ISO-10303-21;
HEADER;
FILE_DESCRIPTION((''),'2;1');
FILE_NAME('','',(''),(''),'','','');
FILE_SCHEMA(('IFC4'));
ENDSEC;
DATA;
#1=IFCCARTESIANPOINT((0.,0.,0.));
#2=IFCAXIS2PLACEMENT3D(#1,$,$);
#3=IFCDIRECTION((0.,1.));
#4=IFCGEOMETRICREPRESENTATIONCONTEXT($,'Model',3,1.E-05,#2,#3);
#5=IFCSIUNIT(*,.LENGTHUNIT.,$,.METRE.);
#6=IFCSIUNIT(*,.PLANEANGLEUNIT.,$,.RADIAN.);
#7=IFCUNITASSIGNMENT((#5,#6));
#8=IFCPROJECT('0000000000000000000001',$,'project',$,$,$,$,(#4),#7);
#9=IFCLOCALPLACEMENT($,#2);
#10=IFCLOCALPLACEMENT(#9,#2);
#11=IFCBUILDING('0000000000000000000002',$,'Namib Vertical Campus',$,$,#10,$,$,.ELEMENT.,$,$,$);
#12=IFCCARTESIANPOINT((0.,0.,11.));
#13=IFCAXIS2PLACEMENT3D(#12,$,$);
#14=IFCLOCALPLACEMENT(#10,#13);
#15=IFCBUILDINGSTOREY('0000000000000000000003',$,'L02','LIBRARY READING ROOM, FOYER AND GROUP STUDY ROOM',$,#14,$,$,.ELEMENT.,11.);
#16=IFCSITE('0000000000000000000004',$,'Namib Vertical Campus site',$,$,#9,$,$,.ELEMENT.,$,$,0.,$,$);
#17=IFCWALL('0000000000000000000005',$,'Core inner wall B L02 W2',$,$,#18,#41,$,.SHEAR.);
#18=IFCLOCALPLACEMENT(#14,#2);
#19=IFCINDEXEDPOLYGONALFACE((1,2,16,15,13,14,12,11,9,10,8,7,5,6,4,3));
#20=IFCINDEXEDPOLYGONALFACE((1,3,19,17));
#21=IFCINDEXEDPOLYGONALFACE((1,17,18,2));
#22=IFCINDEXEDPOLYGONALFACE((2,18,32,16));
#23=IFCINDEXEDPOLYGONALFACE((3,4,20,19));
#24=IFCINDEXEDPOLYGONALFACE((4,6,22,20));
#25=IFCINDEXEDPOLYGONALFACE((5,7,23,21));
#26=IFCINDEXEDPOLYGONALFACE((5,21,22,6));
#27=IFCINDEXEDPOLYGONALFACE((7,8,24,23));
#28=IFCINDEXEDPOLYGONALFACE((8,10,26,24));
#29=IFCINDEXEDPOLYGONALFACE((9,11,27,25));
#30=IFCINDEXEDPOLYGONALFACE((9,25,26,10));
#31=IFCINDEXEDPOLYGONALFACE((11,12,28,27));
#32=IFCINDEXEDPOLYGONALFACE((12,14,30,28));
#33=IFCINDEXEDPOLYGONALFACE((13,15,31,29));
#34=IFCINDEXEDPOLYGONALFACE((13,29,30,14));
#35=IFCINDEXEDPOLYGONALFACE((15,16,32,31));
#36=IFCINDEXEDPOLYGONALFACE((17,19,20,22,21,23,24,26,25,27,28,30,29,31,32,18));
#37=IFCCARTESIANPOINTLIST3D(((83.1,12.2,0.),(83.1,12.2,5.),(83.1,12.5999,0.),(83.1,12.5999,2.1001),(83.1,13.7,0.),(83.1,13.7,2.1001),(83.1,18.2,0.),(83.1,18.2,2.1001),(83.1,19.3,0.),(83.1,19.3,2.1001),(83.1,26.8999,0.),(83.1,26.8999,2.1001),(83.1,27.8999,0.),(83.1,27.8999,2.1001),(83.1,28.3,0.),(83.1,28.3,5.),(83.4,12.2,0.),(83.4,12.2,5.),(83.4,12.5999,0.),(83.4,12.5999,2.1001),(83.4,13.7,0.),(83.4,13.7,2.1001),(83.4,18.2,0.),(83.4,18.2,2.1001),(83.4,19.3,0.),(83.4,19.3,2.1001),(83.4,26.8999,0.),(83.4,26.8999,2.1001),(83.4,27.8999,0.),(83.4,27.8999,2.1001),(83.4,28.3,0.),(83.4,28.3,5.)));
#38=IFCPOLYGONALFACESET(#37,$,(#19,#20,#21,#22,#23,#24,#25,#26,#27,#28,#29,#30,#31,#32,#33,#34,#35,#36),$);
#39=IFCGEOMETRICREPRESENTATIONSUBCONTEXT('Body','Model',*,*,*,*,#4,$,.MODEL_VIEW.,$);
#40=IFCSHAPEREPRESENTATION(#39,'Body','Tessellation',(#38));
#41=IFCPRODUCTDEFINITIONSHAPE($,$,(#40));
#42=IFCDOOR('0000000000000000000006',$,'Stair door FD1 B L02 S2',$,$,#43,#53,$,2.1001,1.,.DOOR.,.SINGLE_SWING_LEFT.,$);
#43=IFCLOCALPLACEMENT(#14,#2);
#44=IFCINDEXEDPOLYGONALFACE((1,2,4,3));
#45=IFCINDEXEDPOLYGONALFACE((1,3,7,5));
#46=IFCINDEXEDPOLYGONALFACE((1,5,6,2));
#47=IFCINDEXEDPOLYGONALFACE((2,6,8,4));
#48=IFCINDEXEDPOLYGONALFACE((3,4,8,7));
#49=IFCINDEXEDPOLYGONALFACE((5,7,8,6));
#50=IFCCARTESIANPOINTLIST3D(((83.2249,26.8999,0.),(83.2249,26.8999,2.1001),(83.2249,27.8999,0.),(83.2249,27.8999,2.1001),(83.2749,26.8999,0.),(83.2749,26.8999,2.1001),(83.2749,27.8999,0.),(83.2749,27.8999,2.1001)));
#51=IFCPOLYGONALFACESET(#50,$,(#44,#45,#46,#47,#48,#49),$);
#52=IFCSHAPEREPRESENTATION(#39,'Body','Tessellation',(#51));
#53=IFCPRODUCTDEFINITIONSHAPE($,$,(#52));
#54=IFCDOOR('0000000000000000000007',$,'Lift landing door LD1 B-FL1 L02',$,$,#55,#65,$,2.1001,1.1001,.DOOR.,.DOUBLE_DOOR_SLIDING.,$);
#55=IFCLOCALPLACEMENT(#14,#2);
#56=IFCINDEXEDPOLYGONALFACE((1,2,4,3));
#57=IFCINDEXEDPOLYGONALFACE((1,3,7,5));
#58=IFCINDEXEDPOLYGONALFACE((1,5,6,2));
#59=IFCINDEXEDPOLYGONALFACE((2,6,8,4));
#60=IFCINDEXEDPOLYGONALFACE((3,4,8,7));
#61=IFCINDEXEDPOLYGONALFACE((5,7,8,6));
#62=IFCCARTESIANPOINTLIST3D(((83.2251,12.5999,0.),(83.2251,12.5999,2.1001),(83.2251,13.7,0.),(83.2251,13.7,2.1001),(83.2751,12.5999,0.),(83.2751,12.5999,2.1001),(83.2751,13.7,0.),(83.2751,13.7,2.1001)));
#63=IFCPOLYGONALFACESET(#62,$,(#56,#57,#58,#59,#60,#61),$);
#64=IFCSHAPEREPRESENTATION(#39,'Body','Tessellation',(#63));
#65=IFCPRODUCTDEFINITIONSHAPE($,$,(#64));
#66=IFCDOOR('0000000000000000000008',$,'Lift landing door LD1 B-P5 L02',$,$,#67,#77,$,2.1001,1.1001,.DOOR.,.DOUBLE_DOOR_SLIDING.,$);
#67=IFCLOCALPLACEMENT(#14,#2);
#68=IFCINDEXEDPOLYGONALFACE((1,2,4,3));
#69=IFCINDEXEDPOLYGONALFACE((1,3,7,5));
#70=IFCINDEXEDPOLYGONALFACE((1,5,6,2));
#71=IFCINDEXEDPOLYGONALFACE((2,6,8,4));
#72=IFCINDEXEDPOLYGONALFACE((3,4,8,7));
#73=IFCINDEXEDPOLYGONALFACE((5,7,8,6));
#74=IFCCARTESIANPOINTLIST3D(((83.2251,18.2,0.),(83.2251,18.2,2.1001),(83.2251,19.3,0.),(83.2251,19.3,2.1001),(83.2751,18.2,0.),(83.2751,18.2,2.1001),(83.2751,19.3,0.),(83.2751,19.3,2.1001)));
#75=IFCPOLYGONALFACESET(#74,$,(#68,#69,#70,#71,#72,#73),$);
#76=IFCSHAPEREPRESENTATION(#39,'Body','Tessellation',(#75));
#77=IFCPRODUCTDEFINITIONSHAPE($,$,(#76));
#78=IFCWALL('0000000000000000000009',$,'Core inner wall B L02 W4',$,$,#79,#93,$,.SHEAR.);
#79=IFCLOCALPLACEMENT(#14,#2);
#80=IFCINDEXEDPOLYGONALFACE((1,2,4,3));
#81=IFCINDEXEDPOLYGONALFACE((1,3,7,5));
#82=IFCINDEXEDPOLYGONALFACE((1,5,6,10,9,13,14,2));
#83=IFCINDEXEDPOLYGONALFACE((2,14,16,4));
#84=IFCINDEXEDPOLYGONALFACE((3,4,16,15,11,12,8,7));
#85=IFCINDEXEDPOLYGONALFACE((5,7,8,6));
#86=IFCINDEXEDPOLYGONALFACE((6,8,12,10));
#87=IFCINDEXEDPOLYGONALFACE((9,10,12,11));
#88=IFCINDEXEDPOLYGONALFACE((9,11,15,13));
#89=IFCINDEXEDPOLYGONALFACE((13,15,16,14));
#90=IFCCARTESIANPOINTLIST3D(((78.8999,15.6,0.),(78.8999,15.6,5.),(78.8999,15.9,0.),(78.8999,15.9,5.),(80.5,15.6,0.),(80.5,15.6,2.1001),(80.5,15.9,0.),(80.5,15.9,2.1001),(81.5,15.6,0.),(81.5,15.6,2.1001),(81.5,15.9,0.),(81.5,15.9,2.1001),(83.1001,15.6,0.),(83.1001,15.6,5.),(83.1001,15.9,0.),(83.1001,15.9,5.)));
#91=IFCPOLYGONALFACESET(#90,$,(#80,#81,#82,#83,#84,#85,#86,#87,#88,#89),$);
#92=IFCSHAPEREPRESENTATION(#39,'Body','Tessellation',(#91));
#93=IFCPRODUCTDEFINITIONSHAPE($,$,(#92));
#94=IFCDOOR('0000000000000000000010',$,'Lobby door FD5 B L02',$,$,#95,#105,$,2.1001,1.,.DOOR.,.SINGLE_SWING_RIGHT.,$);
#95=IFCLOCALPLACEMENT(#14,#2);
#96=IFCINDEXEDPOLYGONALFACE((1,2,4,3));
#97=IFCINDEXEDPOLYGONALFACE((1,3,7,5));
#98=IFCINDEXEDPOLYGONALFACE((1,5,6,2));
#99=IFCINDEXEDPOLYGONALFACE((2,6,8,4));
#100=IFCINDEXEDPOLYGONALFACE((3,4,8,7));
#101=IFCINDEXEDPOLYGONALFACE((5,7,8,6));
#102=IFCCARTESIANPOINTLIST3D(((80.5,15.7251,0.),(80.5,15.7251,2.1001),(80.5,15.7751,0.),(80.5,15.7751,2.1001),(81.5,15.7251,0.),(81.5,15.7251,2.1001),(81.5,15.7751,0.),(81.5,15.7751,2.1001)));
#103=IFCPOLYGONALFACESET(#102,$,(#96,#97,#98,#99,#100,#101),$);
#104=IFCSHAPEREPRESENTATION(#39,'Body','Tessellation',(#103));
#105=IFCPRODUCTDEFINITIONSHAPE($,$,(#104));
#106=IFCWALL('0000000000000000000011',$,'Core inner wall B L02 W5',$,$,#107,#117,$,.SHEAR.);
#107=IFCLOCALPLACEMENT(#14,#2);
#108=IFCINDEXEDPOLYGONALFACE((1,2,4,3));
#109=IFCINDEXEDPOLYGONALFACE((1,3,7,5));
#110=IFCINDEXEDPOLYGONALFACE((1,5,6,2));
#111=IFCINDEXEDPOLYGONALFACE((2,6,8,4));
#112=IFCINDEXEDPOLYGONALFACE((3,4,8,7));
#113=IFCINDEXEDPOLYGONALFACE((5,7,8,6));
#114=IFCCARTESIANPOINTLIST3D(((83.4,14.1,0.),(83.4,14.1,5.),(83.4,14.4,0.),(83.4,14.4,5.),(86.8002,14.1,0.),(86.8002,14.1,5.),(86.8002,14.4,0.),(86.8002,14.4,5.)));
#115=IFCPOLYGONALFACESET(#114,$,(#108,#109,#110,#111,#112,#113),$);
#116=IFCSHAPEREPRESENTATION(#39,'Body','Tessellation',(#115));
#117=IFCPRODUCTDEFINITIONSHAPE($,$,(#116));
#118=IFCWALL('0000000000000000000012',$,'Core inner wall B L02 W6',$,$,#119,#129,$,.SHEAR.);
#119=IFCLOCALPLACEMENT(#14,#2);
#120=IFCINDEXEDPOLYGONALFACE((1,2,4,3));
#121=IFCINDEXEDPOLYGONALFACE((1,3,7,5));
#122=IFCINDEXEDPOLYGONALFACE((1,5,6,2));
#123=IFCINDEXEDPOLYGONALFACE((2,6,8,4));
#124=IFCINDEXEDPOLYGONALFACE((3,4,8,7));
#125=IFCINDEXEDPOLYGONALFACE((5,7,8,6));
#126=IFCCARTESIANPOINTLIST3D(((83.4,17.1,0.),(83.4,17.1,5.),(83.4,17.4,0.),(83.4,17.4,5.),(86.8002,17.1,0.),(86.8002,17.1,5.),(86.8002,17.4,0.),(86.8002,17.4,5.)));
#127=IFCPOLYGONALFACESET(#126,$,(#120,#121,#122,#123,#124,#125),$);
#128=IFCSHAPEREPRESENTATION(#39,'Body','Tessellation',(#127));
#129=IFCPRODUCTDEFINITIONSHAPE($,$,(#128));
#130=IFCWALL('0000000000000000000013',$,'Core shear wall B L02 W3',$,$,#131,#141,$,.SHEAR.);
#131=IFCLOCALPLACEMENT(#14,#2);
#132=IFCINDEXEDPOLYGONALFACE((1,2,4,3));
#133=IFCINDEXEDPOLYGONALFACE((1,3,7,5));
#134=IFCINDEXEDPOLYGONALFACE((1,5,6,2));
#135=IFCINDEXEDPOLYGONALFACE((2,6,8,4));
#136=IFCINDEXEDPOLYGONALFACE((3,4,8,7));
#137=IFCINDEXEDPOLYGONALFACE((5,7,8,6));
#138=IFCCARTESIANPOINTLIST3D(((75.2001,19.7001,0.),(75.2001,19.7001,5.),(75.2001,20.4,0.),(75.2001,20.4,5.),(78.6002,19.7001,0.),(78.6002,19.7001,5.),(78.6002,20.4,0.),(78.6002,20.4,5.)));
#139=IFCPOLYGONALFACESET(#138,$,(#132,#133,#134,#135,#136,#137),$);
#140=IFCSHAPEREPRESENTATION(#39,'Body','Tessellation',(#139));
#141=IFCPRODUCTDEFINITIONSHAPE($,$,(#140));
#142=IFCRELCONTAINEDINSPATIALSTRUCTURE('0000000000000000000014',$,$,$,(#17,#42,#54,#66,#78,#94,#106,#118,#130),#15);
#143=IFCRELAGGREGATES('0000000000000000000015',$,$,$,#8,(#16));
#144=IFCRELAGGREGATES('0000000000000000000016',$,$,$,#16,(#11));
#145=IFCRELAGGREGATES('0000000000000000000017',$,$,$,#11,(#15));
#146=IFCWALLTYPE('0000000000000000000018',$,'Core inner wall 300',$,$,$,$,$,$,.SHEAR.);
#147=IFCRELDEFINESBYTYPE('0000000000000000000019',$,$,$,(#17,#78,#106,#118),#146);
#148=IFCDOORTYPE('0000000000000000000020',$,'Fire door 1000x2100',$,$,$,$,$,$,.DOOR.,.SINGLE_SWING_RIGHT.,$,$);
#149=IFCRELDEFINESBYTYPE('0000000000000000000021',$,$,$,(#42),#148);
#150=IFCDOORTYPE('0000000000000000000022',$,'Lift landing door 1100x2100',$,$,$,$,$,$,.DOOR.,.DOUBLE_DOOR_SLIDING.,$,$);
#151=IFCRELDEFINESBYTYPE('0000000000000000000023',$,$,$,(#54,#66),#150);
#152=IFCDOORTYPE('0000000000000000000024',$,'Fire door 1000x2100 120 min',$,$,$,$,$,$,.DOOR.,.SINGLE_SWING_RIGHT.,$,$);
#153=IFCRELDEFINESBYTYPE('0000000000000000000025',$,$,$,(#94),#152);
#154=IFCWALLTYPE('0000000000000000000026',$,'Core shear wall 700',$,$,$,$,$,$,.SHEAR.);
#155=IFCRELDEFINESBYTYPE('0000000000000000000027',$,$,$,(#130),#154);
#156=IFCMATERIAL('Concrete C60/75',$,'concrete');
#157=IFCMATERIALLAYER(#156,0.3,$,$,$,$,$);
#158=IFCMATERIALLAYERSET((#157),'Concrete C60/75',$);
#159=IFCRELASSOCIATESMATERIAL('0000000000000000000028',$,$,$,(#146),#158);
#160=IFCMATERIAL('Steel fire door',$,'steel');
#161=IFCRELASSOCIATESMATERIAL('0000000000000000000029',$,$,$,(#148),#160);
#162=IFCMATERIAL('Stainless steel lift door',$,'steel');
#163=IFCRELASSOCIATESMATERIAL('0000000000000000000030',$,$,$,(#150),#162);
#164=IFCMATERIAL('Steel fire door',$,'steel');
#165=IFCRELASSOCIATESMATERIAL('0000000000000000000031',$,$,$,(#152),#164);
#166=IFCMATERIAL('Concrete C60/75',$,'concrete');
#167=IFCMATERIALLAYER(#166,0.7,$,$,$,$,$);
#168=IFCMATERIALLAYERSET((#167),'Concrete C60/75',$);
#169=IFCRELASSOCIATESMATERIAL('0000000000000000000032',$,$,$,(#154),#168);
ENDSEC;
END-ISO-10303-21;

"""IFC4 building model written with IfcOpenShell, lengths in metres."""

from ifc_helpers import new_model, si_unit, direction, frame, frame_2d, origin, place, context, subcontext, project, spatial, rectangle, extrude, material, layer, layer_set, type_object, element, fill, save


model = new_model("IFC4")

# Units and contexts
model_context = context("Model", 3, precision=1e-05, world=origin(), true_north=direction((0.0, 1.0)))
body_context = subcontext(model_context, "Body", "Model", "MODEL_VIEW")
ifc_project = project(units=[si_unit("LENGTHUNIT", "METRE"), si_unit("PLANEANGLEUNIT", "RADIAN")], contexts=[model_context])

# Site, building, storey
site_placement = place(None, origin())
site = spatial("IfcSite", under=ifc_project, at=site_placement, Name="Namib Vertical Campus site", CompositionType="ELEMENT", RefElevation=0.0)
building_placement = place(site_placement, origin())
building = spatial("IfcBuilding", under=site, at=building_placement, Name="Namib Vertical Campus", CompositionType="ELEMENT")
storey_placement = place(building_placement, frame((0.0, 0.0, 11.0)))
storey = spatial("IfcBuildingStorey", under=building, at=storey_placement, Name="L02", Description="LIBRARY READING ROOM, FOYER AND GROUP STUDY ROOM", CompositionType="ELEMENT", Elevation=11.0)

# Wall, openings, doors
ifc_material_1 = material(Name="Concrete C60/75", Category="concrete")
ifc_layer_1 = layer(ifc_material_1, 0.3)
ifc_layer_set_1 = layer_set([ifc_layer_1], Name="Concrete C60/75")
wall_type_1 = type_object("IfcWallType", Name="Core inner wall 300", PredefinedType="SHEAR", material=ifc_layer_set_1)
ifc_material_2 = material(Name="Steel fire door", Category="steel")
door_type_1 = type_object("IfcDoorType", Name="Fire door 1000x2100", OperationType="SINGLE_SWING_RIGHT", PredefinedType="DOOR", material=ifc_material_2)
ifc_material_3 = material(Name="Stainless steel lift door", Category="steel")
door_type_2 = type_object("IfcDoorType", Name="Lift landing door 1100x2100", OperationType="DOUBLE_DOOR_SLIDING", PredefinedType="DOOR", material=ifc_material_3)
wall_1_placement = place(storey_placement, frame((83.25, 12.2, 0.0), z_axis=(0.0, 0.0, 1.0), x_axis=(0.0, 1.0, 0.0)))
wall_1 = element("IfcWall", 1, at=wall_1_placement, inside=storey, type_object=wall_type_1, Name="Core inner wall B L02 W2", PredefinedType="SHEAR", context=body_context, shape_type="SweptSolid", body=[
    extrude(rectangle(XDim=16.1001, YDim=0.3, at=frame_2d((8.05, 0.0))), origin(), (0.0, 0.0, 1.0), 5.0),
])
opening_1_placement = place(wall_1_placement, frame((14.7, 0.0, 0.0)))
opening_1 = element("IfcOpeningElement", 2, at=opening_1_placement, cuts=wall_1, PredefinedType="OPENING", context=body_context, shape_type="SweptSolid", body=[
    extrude(rectangle(XDim=1.0, YDim=2.1001, at=frame_2d((0.5, 1.05))), frame((0.0, 0.1599, 0.0), z_axis=(0.0, -1.0, 0.0), x_axis=(1.0, 0.0, 0.0)), (0.0, 0.0, 1.0), 0.3201),
])
opening_2_placement = place(wall_1_placement, frame((0.3999, 0.0, 0.0)))
opening_2 = element("IfcOpeningElement", 3, at=opening_2_placement, cuts=wall_1, PredefinedType="OPENING", context=body_context, shape_type="SweptSolid", body=[
    extrude(rectangle(XDim=1.1001, YDim=2.1001, at=frame_2d((0.55, 1.05))), frame((0.0, 0.1599, 0.0), z_axis=(0.0, -1.0, 0.0), x_axis=(1.0, 0.0, 0.0)), (0.0, 0.0, 1.0), 0.3201),
])
opening_3_placement = place(wall_1_placement, frame((6.0, 0.0, 0.0)))
opening_3 = element("IfcOpeningElement", 4, at=opening_3_placement, cuts=wall_1, PredefinedType="OPENING", context=body_context, shape_type="SweptSolid", body=[
    extrude(rectangle(XDim=1.1001, YDim=2.1001, at=frame_2d((0.55, 1.05))), frame((0.0, 0.1599, 0.0), z_axis=(0.0, -1.0, 0.0), x_axis=(1.0, 0.0, 0.0)), (0.0, 0.0, 1.0), 0.3201),
])
door_1_placement = place(opening_1_placement, frame((1.0, 0.0, 0.0), z_axis=(0.0, 0.0, 1.0), x_axis=(-1.0, 0.0, 0.0)))
door_1 = element("IfcDoor", 5, at=door_1_placement, inside=storey, type_object=door_type_1, Name="Stair door FD1 B L02 S2", OperationType="SINGLE_SWING_LEFT", OverallHeight=2.1001, OverallWidth=1.0, PredefinedType="DOOR", context=body_context, shape_type="SweptSolid", body=[
    extrude(rectangle(XDim=1.0, YDim=2.1001, at=frame_2d((0.5, 1.05))), frame((0.0, 0.0249, 0.0), z_axis=(0.0, -1.0, 0.0), x_axis=(1.0, 0.0, 0.0)), (0.0, 0.0, 1.0), 0.05),
])
fill(opening_1, door_1)
door_2_placement = place(opening_2_placement, origin())
door_2 = element("IfcDoor", 6, at=door_2_placement, inside=storey, type_object=door_type_2, Name="Lift landing door LD1 B-FL1 L02", OperationType="DOUBLE_DOOR_SLIDING", OverallHeight=2.1001, OverallWidth=1.1001, PredefinedType="DOOR", context=body_context, shape_type="SweptSolid", body=[
    extrude(rectangle(XDim=1.1001, YDim=2.1001, at=frame_2d((0.55, 1.05))), frame((0.0, 0.0249, 0.0), z_axis=(0.0, -1.0, 0.0), x_axis=(1.0, 0.0, 0.0)), (0.0, 0.0, 1.0), 0.05),
])
fill(opening_2, door_2)
door_3_placement = place(opening_3_placement, origin())
door_3 = element("IfcDoor", 7, at=door_3_placement, inside=storey, type_object=door_type_2, Name="Lift landing door LD1 B-P5 L02", OperationType="DOUBLE_DOOR_SLIDING", OverallHeight=2.1001, OverallWidth=1.1001, PredefinedType="DOOR", context=body_context, shape_type="SweptSolid", body=[
    extrude(rectangle(XDim=1.1001, YDim=2.1001, at=frame_2d((0.55, 1.05))), frame((0.0, 0.0249, 0.0), z_axis=(0.0, -1.0, 0.0), x_axis=(1.0, 0.0, 0.0)), (0.0, 0.0, 1.0), 0.05),
])
fill(opening_3, door_3)

# Wall, opening, door
wall_2_placement = place(storey_placement, frame((78.8999, 15.75, 0.0), z_axis=(0.0, 0.0, 1.0), x_axis=(1.0, 0.0, 0.0)))
wall_2 = element("IfcWall", 8, at=wall_2_placement, inside=storey, type_object=wall_type_1, Name="Core inner wall B L02 W4", PredefinedType="SHEAR", context=body_context, shape_type="SweptSolid", body=[
    extrude(rectangle(XDim=4.2002, YDim=0.3, at=frame_2d((2.1001, 0.0))), origin(), (0.0, 0.0, 1.0), 5.0),
])
opening_4_placement = place(wall_2_placement, frame((1.6001, 0.0, 0.0)))
opening_4 = element("IfcOpeningElement", 9, at=opening_4_placement, cuts=wall_2, PredefinedType="OPENING", context=body_context, shape_type="SweptSolid", body=[
    extrude(rectangle(XDim=1.0, YDim=2.1001, at=frame_2d((0.5, 1.05))), frame((0.0, 0.1599, 0.0), z_axis=(0.0, -1.0, 0.0), x_axis=(1.0, 0.0, 0.0)), (0.0, 0.0, 1.0), 0.3201),
])
ifc_material_4 = material(Name="Steel fire door", Category="steel")
door_type_3 = type_object("IfcDoorType", Name="Fire door 1000x2100 120 min", OperationType="SINGLE_SWING_RIGHT", PredefinedType="DOOR", material=ifc_material_4)
door_4_placement = place(opening_4_placement, frame((1.0, 0.0, 0.0), z_axis=(0.0, 0.0, 1.0), x_axis=(-1.0, 0.0, 0.0)))
door_4 = element("IfcDoor", 10, at=door_4_placement, inside=storey, type_object=door_type_3, Name="Lobby door FD5 B L02", OperationType="SINGLE_SWING_RIGHT", OverallHeight=2.1001, OverallWidth=1.0, PredefinedType="DOOR", context=body_context, shape_type="SweptSolid", body=[
    extrude(rectangle(XDim=1.0, YDim=2.1001, at=frame_2d((0.5, 1.05))), frame((0.0, 0.0249, 0.0), z_axis=(0.0, -1.0, 0.0), x_axis=(1.0, 0.0, 0.0)), (0.0, 0.0, 1.0), 0.05),
])
fill(opening_4, door_4)

# Walls
for number, where, z_axis, x_axis, name in (
    (11, (83.3999, 14.25, 0.0), (0.0, 0.0, 1.0), (1.0, 0.0, 0.0), "Core inner wall B L02 W5"),
    (12, (83.3999, 17.25, 0.0), (0.0, 0.0, 1.0), (1.0, 0.0, 0.0), "Core inner wall B L02 W6"),
):
    element("IfcWall", number, at=place(storey_placement, frame(where, z_axis=z_axis, x_axis=x_axis)), inside=storey, type_object=wall_type_1, Name=name, PredefinedType="SHEAR", context=body_context, shape_type="SweptSolid", body=[
        extrude(rectangle(XDim=3.4001, YDim=0.3, at=frame_2d((1.7002, 0.0))), origin(), (0.0, 0.0, 1.0), 5.0),
    ])
ifc_material_5 = material(Name="Concrete C60/75", Category="concrete")
ifc_layer_2 = layer(ifc_material_5, 0.7)
ifc_layer_set_2 = layer_set([ifc_layer_2], Name="Concrete C60/75")
wall_type_2 = type_object("IfcWallType", Name="Core shear wall 700", PredefinedType="SHEAR", material=ifc_layer_set_2)
wall_3_placement = place(storey_placement, frame((75.2, 20.05, 0.0), z_axis=(0.0, 0.0, 1.0), x_axis=(1.0, 0.0, 0.0)))
element("IfcWall", 13, at=wall_3_placement, inside=storey, type_object=wall_type_2, Name="Core shear wall B L02 W3", PredefinedType="SHEAR", context=body_context, shape_type="SweptSolid", body=[
    extrude(rectangle(XDim=3.4001, YDim=0.7, at=frame_2d((1.7002, 0.0))), origin(), (0.0, 0.0, 1.0), 5.0),
])

save(model, "model.ifc")
